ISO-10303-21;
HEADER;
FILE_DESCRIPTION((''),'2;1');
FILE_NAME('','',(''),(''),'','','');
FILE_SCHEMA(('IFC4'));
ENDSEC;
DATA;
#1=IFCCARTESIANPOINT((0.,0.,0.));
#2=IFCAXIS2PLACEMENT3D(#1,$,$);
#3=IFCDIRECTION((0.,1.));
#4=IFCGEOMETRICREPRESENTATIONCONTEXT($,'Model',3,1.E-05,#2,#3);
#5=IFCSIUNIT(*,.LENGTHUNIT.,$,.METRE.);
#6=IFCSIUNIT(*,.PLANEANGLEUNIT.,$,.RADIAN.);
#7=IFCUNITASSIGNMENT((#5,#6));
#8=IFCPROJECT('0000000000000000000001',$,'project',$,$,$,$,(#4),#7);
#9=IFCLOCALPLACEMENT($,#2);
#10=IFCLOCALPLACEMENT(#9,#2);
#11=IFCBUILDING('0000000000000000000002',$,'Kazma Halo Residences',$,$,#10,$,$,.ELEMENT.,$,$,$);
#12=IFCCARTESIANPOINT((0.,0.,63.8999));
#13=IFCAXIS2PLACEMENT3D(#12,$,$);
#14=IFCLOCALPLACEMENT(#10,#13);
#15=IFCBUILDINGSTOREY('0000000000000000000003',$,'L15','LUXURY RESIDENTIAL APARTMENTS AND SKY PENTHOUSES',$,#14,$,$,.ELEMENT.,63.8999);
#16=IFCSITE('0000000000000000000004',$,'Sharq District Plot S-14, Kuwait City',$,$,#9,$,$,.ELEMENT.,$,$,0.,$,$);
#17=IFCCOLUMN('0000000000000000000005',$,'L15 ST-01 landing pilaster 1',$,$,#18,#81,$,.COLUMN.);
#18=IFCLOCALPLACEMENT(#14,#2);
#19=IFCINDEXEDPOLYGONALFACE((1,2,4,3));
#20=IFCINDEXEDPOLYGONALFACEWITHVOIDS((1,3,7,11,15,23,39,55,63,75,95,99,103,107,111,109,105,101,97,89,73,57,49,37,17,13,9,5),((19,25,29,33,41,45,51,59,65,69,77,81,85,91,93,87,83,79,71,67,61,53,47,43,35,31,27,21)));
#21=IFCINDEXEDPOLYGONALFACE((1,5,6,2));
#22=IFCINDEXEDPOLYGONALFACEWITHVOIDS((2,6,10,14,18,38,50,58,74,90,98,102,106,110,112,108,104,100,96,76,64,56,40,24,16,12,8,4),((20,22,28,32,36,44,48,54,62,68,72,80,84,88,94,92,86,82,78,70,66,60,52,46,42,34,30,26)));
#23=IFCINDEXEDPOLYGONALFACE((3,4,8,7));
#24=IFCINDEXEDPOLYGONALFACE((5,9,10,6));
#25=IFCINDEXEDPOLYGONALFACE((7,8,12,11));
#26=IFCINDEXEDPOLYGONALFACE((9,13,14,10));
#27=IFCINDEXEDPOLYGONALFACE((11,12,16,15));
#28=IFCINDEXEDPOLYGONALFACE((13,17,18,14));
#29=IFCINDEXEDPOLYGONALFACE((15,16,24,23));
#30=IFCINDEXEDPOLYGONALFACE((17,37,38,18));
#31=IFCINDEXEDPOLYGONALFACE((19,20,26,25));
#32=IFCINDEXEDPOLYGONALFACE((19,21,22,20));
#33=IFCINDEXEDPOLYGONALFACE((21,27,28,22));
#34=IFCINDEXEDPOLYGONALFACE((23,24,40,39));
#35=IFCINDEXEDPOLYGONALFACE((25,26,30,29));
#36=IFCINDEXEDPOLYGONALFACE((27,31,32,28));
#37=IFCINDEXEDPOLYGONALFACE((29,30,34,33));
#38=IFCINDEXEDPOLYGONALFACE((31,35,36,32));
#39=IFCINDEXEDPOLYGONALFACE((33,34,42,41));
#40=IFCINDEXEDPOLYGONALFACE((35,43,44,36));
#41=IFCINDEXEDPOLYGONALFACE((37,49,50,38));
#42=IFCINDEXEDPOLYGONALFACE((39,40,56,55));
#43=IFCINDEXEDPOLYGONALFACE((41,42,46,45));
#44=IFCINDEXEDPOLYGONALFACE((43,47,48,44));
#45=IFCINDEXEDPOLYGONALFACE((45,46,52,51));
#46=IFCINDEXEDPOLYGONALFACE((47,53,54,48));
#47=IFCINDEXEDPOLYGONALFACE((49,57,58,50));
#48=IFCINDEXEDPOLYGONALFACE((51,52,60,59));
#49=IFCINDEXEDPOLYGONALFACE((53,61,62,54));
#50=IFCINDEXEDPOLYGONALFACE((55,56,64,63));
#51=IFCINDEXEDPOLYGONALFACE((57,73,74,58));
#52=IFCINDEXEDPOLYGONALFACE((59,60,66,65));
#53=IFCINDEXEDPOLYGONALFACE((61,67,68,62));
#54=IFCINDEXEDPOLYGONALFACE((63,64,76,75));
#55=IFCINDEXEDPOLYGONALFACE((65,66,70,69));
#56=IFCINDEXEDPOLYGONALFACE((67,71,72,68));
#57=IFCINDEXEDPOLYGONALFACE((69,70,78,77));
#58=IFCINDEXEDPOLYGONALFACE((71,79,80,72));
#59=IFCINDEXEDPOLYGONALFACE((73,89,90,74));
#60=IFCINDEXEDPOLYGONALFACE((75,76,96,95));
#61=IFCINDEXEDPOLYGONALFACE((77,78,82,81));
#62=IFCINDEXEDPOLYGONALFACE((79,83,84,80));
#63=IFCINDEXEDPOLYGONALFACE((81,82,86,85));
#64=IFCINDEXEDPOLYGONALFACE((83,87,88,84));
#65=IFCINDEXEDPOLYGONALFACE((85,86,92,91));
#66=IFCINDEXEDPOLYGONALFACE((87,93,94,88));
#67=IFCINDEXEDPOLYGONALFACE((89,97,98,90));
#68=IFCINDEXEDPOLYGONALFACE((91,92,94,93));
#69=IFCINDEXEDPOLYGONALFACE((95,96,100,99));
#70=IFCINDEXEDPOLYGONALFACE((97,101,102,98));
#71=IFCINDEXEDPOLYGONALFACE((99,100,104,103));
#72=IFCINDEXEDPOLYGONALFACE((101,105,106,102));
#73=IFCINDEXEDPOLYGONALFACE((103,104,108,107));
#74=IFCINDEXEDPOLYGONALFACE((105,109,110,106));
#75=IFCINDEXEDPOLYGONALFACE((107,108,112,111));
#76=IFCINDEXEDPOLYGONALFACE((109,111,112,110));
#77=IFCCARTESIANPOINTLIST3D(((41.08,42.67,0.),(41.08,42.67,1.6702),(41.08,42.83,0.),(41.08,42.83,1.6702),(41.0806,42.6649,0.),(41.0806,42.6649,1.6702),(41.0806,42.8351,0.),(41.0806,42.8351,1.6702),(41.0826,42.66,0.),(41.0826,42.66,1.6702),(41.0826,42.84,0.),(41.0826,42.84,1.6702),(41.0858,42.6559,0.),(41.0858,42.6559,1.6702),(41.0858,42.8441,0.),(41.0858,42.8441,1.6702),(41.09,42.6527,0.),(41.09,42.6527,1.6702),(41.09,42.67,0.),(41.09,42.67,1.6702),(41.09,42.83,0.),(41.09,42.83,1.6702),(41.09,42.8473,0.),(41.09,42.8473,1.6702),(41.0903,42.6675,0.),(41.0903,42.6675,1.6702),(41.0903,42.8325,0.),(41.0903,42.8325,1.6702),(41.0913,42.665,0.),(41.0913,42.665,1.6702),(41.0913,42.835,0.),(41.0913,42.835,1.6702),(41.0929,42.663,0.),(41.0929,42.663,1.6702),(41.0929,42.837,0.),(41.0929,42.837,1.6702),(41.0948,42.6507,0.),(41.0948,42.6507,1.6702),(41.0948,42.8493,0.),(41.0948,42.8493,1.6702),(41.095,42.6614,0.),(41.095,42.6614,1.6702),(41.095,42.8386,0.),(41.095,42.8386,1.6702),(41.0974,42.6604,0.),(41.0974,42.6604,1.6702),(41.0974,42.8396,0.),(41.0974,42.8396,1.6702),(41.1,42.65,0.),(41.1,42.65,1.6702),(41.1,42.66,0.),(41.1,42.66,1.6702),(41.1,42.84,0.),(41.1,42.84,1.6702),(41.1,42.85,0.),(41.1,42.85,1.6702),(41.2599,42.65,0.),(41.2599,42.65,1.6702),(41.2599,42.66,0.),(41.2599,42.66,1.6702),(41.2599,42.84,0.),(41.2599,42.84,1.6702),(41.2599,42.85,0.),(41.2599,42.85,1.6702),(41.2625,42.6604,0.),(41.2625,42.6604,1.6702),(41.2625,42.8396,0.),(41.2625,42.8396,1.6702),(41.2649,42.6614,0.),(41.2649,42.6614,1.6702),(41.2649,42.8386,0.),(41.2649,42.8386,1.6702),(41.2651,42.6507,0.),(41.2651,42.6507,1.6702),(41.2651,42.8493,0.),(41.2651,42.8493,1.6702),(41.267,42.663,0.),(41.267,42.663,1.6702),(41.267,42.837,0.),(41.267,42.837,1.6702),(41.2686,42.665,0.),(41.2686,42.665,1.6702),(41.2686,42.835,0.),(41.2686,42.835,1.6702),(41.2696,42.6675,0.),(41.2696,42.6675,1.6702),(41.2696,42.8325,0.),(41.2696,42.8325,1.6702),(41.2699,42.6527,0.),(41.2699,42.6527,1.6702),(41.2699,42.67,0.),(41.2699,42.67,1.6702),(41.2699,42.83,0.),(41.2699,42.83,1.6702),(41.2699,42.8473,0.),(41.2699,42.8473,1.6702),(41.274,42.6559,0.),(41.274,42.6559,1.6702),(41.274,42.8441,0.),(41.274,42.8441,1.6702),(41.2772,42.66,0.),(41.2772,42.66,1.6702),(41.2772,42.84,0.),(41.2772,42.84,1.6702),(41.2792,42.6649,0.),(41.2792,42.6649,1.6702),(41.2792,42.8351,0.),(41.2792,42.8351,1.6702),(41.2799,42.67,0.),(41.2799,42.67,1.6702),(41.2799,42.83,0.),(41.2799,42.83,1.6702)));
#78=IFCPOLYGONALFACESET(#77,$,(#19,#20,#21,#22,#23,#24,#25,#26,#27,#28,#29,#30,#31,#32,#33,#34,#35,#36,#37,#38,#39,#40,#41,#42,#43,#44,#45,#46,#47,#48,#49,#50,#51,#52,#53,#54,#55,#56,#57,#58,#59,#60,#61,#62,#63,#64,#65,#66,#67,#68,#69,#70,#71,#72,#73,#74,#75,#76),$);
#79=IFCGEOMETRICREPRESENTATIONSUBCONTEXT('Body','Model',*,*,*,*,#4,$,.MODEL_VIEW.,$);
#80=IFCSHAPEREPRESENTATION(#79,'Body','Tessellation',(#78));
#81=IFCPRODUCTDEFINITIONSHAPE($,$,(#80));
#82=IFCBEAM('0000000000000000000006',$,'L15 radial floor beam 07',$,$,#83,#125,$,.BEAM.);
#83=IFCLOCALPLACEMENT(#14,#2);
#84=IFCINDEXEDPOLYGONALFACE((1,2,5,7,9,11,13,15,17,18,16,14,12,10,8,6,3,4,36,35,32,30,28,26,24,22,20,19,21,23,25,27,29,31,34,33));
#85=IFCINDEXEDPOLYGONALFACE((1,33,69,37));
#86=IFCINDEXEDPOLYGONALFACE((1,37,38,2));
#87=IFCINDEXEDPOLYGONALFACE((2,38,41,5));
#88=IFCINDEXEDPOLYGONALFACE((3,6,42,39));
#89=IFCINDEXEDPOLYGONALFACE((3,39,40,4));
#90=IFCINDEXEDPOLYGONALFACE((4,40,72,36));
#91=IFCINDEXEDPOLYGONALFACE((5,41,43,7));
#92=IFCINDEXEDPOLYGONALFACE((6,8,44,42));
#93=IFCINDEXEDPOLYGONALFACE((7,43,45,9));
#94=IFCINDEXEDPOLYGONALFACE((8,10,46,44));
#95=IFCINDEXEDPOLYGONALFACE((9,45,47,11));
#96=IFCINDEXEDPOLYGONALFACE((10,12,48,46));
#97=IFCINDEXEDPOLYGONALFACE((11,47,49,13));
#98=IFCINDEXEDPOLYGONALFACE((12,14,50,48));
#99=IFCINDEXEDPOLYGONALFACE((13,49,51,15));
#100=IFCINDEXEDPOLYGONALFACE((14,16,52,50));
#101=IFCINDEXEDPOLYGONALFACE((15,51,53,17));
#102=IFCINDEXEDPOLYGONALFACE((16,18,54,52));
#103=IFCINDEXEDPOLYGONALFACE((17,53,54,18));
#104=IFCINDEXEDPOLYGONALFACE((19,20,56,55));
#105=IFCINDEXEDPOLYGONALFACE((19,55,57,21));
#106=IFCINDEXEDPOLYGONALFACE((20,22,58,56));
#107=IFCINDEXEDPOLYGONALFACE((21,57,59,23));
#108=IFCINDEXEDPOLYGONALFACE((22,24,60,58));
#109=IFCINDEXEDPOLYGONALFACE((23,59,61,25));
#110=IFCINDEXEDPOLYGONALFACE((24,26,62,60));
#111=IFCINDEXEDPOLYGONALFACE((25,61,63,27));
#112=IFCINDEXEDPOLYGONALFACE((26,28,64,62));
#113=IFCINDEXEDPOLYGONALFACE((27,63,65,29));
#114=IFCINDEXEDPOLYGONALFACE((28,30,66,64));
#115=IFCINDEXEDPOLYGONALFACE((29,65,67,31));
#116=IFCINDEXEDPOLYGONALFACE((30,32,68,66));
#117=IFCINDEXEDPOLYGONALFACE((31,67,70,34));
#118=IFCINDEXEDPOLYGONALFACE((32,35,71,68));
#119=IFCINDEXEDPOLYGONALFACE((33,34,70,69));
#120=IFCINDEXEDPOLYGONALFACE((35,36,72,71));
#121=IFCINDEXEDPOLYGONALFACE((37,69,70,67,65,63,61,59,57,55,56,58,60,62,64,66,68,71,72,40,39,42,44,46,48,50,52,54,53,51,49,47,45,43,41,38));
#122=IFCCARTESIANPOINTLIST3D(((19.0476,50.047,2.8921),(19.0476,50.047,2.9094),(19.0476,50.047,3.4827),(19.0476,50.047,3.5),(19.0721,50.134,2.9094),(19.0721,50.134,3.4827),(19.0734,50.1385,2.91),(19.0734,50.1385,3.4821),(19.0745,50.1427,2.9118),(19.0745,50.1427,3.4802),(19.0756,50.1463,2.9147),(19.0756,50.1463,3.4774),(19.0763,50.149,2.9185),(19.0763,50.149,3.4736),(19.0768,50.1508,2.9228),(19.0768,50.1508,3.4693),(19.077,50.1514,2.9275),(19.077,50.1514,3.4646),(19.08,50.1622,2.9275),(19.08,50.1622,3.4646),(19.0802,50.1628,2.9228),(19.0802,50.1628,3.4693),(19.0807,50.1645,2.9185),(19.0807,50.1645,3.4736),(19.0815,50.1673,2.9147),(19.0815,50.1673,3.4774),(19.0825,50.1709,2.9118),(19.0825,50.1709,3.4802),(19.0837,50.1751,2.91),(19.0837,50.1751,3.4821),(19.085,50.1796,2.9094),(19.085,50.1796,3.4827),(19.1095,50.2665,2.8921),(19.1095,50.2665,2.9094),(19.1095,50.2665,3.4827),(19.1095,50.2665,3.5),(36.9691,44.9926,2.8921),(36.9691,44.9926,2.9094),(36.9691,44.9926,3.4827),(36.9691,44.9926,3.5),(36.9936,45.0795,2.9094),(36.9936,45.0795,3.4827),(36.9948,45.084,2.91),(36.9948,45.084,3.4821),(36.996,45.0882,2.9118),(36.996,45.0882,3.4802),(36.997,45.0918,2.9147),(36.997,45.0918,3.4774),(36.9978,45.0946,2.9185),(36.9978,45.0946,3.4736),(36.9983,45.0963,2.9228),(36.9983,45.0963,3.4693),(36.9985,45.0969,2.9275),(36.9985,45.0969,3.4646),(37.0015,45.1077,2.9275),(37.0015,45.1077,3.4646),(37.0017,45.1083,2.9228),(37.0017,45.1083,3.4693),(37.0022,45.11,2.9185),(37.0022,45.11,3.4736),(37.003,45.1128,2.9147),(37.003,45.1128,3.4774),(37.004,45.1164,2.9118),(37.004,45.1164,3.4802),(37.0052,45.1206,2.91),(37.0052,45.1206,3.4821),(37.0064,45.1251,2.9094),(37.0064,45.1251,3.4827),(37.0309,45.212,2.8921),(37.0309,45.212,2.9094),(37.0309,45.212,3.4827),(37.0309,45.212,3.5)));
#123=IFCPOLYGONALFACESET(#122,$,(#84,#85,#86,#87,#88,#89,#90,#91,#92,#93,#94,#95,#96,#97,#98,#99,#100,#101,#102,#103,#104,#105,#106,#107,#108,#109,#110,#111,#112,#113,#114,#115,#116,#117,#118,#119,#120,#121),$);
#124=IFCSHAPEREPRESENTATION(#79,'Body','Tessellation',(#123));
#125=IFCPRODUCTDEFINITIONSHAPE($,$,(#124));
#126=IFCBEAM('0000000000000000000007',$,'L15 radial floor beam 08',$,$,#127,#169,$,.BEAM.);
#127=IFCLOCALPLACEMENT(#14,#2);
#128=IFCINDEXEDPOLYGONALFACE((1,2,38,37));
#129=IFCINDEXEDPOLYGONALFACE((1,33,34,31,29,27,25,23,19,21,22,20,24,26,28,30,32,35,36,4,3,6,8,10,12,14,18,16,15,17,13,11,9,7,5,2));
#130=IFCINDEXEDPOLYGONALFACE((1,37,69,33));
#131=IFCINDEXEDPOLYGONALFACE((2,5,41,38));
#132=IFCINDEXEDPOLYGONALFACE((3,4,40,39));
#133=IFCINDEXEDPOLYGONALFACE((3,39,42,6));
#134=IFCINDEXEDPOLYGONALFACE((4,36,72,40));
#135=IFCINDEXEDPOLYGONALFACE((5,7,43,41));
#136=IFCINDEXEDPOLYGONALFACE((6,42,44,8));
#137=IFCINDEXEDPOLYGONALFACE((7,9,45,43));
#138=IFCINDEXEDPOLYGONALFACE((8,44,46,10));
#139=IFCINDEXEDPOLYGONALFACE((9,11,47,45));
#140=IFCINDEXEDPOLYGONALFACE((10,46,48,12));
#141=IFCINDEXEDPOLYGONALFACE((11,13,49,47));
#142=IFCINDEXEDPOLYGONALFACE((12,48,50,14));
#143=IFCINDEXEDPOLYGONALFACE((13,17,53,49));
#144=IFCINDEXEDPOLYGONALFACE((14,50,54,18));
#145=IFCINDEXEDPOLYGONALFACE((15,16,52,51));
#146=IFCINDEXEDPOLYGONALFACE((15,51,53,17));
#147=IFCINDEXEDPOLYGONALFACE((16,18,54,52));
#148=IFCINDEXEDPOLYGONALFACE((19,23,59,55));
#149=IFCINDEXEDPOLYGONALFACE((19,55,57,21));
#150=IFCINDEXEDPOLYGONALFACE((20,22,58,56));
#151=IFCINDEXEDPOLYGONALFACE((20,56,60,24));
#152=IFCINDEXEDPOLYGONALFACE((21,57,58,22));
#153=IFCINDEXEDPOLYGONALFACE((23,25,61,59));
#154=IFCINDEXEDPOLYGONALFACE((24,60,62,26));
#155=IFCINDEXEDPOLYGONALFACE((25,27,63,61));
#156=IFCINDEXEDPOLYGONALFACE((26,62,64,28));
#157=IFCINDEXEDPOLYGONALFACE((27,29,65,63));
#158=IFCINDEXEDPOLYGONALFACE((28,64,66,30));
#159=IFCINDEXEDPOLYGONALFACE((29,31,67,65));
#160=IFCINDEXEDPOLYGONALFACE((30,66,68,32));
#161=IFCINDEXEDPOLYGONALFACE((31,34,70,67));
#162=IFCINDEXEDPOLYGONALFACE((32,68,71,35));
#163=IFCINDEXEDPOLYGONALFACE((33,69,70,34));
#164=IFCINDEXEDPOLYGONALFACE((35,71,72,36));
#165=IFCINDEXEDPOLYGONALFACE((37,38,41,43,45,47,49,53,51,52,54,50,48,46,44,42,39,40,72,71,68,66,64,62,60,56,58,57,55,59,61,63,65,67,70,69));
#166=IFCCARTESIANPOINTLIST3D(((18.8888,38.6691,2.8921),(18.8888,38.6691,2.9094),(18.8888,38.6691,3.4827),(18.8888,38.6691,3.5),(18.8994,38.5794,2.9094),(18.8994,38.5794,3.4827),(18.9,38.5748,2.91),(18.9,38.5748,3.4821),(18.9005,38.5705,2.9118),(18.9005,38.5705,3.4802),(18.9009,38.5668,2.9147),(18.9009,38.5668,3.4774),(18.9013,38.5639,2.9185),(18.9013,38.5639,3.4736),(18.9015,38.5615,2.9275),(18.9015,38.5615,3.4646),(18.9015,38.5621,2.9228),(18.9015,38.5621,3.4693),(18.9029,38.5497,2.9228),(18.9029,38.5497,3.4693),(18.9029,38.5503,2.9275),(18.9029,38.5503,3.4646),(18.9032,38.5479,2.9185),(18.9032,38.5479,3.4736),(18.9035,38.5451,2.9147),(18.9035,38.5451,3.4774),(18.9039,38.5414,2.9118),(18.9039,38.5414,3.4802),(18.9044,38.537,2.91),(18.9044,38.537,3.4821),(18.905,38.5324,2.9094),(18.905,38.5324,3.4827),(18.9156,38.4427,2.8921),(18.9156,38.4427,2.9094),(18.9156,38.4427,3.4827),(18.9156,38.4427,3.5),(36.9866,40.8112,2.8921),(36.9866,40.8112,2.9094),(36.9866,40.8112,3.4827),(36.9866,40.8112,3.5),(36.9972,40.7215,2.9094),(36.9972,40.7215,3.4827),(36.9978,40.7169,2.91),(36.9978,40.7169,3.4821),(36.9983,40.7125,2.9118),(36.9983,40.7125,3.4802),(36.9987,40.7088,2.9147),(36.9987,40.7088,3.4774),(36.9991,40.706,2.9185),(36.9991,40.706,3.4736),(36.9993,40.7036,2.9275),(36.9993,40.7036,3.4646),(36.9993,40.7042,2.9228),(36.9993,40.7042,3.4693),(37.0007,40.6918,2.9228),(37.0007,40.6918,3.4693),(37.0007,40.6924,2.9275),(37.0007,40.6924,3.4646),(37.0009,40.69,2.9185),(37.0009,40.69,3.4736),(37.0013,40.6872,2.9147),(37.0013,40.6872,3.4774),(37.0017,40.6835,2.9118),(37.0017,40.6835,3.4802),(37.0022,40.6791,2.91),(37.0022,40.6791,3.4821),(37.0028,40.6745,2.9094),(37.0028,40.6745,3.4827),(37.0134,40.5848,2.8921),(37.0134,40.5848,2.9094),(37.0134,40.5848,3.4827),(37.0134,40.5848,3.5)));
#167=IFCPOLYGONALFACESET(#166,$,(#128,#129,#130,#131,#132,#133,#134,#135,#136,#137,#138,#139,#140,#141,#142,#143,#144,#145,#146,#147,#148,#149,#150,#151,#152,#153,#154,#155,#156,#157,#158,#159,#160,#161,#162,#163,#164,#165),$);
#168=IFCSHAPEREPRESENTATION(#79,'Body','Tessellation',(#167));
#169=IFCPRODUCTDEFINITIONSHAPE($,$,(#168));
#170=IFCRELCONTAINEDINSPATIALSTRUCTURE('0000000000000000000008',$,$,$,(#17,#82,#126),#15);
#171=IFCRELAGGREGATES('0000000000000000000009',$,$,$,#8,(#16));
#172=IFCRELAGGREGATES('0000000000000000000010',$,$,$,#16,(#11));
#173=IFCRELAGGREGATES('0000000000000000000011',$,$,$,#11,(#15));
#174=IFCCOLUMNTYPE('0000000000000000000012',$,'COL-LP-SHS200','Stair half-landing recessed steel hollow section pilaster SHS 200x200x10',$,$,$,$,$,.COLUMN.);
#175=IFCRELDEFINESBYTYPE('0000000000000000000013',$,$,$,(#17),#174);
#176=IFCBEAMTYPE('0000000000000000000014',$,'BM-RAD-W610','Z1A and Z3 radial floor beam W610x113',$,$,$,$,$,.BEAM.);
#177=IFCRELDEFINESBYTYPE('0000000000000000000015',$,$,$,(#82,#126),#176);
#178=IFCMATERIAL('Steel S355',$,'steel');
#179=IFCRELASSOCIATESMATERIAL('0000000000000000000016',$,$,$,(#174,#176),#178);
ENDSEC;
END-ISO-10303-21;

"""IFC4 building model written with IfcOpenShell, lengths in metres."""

from ifc_helpers import new_model, si_unit, direction, frame, origin, origin_2d, place, context, subcontext, project, spatial, hollow_rectangle, i_section, extrude, material, material_profile, profile_set, type_object, element, save


model = new_model("IFC4")

# Units and contexts
model_context = context("Model", 3, precision=1e-05, world=origin(), true_north=direction((0.0, 1.0)))
body_context = subcontext(model_context, "Body", "Model", "MODEL_VIEW")
ifc_project = project(units=[si_unit("LENGTHUNIT", "METRE"), si_unit("PLANEANGLEUNIT", "RADIAN")], contexts=[model_context])

# Site, building, storey
site_placement = place(None, origin())
site = spatial("IfcSite", under=ifc_project, at=site_placement, Name="Sharq District Plot S-14, Kuwait City", CompositionType="ELEMENT", RefElevation=0.0)
building_placement = place(site_placement, origin())
building = spatial("IfcBuilding", under=site, at=building_placement, Name="Kazma Halo Residences", CompositionType="ELEMENT")
storey_placement = place(building_placement, frame((0.0, 0.0, 63.8999)))
storey = spatial("IfcBuildingStorey", under=building, at=storey_placement, Name="L15", Description="LUXURY RESIDENTIAL APARTMENTS AND SKY PENTHOUSES", CompositionType="ELEMENT", Elevation=63.8999)

# Column
ifc_material_1 = material(Name="Steel S355", Category="steel")
ifc_material_profile_1 = material_profile(ifc_material_1, hollow_rectangle(XDim=0.2, YDim=0.2, WallThickness=0.01, InnerFilletRadius=0.01, OuterFilletRadius=0.02, at=origin_2d()), Name="SHS200x200x10")
ifc_profile_set_1 = profile_set([ifc_material_profile_1], Name="Steel S355")
column_type = type_object("IfcColumnType", Name="COL-LP-SHS200", Description="Stair half-landing recessed steel hollow section pilaster SHS 200x200x10", PredefinedType="COLUMN", material=ifc_profile_set_1)
column_placement = place(storey_placement, frame((41.1799, 42.75, 0.0), z_axis=(0.0, 0.0, 1.0), x_axis=(1.0, 0.0, 0.0)))
element("IfcColumn", 1, at=column_placement, inside=storey, type_object=column_type, Name="L15 ST-01 landing pilaster 1", PredefinedType="COLUMN", context=body_context, shape_type="SweptSolid", body=[
    extrude(hollow_rectangle(XDim=0.2, YDim=0.2, WallThickness=0.01, InnerFilletRadius=0.01, OuterFilletRadius=0.02, at=origin_2d()), origin(), (0.0, 0.0, 1.0), 1.6702),
])

# Beams
ifc_material_profile_2 = material_profile(ifc_material_1, i_section(OverallWidth=0.228, OverallDepth=0.6079, WebThickness=0.0112, FlangeThickness=0.0173, FilletRadius=0.0181, at=origin_2d()), Name="W610x113")
ifc_profile_set_2 = profile_set([ifc_material_profile_2], Name="Steel S355")
beam_type_1 = type_object("IfcBeamType", Name="BM-RAD-W610", Description="Z1A and Z3 radial floor beam W610x113", PredefinedType="BEAM", material=ifc_profile_set_2)
beam_1_placement = place(storey_placement, frame((37.0, 45.1023, 3.196), z_axis=(-0.962454, 0.271445, 0.0), x_axis=(-0.271445, -0.962454, 0.0)))
element("IfcBeam", 2, at=beam_1_placement, inside=storey, type_object=beam_type_1, Name="L15 radial floor beam 07", PredefinedType="BEAM", context=body_context, shape_type="SweptSolid", body=[
    extrude(i_section(OverallWidth=0.228, OverallDepth=0.6079, WebThickness=0.0112, FlangeThickness=0.0173, FilletRadius=0.0181, at=origin_2d()), origin(), (0.0, 0.0, 1.0), 18.6206),
])
beam_2_placement = place(storey_placement, frame((37.0, 40.698, 3.196), z_axis=(-0.993068, -0.117541, 0.0), x_axis=(0.117541, -0.993068, 0.0)))
element("IfcBeam", 3, at=beam_2_placement, inside=storey, type_object=beam_type_1, Name="L15 radial floor beam 08", PredefinedType="BEAM", context=body_context, shape_type="SweptSolid", body=[
    extrude(i_section(OverallWidth=0.228, OverallDepth=0.6079, WebThickness=0.0112, FlangeThickness=0.0173, FilletRadius=0.0181, at=origin_2d()), origin(), (0.0, 0.0, 1.0), 18.2241),
])

save(model, "model.ifc")
